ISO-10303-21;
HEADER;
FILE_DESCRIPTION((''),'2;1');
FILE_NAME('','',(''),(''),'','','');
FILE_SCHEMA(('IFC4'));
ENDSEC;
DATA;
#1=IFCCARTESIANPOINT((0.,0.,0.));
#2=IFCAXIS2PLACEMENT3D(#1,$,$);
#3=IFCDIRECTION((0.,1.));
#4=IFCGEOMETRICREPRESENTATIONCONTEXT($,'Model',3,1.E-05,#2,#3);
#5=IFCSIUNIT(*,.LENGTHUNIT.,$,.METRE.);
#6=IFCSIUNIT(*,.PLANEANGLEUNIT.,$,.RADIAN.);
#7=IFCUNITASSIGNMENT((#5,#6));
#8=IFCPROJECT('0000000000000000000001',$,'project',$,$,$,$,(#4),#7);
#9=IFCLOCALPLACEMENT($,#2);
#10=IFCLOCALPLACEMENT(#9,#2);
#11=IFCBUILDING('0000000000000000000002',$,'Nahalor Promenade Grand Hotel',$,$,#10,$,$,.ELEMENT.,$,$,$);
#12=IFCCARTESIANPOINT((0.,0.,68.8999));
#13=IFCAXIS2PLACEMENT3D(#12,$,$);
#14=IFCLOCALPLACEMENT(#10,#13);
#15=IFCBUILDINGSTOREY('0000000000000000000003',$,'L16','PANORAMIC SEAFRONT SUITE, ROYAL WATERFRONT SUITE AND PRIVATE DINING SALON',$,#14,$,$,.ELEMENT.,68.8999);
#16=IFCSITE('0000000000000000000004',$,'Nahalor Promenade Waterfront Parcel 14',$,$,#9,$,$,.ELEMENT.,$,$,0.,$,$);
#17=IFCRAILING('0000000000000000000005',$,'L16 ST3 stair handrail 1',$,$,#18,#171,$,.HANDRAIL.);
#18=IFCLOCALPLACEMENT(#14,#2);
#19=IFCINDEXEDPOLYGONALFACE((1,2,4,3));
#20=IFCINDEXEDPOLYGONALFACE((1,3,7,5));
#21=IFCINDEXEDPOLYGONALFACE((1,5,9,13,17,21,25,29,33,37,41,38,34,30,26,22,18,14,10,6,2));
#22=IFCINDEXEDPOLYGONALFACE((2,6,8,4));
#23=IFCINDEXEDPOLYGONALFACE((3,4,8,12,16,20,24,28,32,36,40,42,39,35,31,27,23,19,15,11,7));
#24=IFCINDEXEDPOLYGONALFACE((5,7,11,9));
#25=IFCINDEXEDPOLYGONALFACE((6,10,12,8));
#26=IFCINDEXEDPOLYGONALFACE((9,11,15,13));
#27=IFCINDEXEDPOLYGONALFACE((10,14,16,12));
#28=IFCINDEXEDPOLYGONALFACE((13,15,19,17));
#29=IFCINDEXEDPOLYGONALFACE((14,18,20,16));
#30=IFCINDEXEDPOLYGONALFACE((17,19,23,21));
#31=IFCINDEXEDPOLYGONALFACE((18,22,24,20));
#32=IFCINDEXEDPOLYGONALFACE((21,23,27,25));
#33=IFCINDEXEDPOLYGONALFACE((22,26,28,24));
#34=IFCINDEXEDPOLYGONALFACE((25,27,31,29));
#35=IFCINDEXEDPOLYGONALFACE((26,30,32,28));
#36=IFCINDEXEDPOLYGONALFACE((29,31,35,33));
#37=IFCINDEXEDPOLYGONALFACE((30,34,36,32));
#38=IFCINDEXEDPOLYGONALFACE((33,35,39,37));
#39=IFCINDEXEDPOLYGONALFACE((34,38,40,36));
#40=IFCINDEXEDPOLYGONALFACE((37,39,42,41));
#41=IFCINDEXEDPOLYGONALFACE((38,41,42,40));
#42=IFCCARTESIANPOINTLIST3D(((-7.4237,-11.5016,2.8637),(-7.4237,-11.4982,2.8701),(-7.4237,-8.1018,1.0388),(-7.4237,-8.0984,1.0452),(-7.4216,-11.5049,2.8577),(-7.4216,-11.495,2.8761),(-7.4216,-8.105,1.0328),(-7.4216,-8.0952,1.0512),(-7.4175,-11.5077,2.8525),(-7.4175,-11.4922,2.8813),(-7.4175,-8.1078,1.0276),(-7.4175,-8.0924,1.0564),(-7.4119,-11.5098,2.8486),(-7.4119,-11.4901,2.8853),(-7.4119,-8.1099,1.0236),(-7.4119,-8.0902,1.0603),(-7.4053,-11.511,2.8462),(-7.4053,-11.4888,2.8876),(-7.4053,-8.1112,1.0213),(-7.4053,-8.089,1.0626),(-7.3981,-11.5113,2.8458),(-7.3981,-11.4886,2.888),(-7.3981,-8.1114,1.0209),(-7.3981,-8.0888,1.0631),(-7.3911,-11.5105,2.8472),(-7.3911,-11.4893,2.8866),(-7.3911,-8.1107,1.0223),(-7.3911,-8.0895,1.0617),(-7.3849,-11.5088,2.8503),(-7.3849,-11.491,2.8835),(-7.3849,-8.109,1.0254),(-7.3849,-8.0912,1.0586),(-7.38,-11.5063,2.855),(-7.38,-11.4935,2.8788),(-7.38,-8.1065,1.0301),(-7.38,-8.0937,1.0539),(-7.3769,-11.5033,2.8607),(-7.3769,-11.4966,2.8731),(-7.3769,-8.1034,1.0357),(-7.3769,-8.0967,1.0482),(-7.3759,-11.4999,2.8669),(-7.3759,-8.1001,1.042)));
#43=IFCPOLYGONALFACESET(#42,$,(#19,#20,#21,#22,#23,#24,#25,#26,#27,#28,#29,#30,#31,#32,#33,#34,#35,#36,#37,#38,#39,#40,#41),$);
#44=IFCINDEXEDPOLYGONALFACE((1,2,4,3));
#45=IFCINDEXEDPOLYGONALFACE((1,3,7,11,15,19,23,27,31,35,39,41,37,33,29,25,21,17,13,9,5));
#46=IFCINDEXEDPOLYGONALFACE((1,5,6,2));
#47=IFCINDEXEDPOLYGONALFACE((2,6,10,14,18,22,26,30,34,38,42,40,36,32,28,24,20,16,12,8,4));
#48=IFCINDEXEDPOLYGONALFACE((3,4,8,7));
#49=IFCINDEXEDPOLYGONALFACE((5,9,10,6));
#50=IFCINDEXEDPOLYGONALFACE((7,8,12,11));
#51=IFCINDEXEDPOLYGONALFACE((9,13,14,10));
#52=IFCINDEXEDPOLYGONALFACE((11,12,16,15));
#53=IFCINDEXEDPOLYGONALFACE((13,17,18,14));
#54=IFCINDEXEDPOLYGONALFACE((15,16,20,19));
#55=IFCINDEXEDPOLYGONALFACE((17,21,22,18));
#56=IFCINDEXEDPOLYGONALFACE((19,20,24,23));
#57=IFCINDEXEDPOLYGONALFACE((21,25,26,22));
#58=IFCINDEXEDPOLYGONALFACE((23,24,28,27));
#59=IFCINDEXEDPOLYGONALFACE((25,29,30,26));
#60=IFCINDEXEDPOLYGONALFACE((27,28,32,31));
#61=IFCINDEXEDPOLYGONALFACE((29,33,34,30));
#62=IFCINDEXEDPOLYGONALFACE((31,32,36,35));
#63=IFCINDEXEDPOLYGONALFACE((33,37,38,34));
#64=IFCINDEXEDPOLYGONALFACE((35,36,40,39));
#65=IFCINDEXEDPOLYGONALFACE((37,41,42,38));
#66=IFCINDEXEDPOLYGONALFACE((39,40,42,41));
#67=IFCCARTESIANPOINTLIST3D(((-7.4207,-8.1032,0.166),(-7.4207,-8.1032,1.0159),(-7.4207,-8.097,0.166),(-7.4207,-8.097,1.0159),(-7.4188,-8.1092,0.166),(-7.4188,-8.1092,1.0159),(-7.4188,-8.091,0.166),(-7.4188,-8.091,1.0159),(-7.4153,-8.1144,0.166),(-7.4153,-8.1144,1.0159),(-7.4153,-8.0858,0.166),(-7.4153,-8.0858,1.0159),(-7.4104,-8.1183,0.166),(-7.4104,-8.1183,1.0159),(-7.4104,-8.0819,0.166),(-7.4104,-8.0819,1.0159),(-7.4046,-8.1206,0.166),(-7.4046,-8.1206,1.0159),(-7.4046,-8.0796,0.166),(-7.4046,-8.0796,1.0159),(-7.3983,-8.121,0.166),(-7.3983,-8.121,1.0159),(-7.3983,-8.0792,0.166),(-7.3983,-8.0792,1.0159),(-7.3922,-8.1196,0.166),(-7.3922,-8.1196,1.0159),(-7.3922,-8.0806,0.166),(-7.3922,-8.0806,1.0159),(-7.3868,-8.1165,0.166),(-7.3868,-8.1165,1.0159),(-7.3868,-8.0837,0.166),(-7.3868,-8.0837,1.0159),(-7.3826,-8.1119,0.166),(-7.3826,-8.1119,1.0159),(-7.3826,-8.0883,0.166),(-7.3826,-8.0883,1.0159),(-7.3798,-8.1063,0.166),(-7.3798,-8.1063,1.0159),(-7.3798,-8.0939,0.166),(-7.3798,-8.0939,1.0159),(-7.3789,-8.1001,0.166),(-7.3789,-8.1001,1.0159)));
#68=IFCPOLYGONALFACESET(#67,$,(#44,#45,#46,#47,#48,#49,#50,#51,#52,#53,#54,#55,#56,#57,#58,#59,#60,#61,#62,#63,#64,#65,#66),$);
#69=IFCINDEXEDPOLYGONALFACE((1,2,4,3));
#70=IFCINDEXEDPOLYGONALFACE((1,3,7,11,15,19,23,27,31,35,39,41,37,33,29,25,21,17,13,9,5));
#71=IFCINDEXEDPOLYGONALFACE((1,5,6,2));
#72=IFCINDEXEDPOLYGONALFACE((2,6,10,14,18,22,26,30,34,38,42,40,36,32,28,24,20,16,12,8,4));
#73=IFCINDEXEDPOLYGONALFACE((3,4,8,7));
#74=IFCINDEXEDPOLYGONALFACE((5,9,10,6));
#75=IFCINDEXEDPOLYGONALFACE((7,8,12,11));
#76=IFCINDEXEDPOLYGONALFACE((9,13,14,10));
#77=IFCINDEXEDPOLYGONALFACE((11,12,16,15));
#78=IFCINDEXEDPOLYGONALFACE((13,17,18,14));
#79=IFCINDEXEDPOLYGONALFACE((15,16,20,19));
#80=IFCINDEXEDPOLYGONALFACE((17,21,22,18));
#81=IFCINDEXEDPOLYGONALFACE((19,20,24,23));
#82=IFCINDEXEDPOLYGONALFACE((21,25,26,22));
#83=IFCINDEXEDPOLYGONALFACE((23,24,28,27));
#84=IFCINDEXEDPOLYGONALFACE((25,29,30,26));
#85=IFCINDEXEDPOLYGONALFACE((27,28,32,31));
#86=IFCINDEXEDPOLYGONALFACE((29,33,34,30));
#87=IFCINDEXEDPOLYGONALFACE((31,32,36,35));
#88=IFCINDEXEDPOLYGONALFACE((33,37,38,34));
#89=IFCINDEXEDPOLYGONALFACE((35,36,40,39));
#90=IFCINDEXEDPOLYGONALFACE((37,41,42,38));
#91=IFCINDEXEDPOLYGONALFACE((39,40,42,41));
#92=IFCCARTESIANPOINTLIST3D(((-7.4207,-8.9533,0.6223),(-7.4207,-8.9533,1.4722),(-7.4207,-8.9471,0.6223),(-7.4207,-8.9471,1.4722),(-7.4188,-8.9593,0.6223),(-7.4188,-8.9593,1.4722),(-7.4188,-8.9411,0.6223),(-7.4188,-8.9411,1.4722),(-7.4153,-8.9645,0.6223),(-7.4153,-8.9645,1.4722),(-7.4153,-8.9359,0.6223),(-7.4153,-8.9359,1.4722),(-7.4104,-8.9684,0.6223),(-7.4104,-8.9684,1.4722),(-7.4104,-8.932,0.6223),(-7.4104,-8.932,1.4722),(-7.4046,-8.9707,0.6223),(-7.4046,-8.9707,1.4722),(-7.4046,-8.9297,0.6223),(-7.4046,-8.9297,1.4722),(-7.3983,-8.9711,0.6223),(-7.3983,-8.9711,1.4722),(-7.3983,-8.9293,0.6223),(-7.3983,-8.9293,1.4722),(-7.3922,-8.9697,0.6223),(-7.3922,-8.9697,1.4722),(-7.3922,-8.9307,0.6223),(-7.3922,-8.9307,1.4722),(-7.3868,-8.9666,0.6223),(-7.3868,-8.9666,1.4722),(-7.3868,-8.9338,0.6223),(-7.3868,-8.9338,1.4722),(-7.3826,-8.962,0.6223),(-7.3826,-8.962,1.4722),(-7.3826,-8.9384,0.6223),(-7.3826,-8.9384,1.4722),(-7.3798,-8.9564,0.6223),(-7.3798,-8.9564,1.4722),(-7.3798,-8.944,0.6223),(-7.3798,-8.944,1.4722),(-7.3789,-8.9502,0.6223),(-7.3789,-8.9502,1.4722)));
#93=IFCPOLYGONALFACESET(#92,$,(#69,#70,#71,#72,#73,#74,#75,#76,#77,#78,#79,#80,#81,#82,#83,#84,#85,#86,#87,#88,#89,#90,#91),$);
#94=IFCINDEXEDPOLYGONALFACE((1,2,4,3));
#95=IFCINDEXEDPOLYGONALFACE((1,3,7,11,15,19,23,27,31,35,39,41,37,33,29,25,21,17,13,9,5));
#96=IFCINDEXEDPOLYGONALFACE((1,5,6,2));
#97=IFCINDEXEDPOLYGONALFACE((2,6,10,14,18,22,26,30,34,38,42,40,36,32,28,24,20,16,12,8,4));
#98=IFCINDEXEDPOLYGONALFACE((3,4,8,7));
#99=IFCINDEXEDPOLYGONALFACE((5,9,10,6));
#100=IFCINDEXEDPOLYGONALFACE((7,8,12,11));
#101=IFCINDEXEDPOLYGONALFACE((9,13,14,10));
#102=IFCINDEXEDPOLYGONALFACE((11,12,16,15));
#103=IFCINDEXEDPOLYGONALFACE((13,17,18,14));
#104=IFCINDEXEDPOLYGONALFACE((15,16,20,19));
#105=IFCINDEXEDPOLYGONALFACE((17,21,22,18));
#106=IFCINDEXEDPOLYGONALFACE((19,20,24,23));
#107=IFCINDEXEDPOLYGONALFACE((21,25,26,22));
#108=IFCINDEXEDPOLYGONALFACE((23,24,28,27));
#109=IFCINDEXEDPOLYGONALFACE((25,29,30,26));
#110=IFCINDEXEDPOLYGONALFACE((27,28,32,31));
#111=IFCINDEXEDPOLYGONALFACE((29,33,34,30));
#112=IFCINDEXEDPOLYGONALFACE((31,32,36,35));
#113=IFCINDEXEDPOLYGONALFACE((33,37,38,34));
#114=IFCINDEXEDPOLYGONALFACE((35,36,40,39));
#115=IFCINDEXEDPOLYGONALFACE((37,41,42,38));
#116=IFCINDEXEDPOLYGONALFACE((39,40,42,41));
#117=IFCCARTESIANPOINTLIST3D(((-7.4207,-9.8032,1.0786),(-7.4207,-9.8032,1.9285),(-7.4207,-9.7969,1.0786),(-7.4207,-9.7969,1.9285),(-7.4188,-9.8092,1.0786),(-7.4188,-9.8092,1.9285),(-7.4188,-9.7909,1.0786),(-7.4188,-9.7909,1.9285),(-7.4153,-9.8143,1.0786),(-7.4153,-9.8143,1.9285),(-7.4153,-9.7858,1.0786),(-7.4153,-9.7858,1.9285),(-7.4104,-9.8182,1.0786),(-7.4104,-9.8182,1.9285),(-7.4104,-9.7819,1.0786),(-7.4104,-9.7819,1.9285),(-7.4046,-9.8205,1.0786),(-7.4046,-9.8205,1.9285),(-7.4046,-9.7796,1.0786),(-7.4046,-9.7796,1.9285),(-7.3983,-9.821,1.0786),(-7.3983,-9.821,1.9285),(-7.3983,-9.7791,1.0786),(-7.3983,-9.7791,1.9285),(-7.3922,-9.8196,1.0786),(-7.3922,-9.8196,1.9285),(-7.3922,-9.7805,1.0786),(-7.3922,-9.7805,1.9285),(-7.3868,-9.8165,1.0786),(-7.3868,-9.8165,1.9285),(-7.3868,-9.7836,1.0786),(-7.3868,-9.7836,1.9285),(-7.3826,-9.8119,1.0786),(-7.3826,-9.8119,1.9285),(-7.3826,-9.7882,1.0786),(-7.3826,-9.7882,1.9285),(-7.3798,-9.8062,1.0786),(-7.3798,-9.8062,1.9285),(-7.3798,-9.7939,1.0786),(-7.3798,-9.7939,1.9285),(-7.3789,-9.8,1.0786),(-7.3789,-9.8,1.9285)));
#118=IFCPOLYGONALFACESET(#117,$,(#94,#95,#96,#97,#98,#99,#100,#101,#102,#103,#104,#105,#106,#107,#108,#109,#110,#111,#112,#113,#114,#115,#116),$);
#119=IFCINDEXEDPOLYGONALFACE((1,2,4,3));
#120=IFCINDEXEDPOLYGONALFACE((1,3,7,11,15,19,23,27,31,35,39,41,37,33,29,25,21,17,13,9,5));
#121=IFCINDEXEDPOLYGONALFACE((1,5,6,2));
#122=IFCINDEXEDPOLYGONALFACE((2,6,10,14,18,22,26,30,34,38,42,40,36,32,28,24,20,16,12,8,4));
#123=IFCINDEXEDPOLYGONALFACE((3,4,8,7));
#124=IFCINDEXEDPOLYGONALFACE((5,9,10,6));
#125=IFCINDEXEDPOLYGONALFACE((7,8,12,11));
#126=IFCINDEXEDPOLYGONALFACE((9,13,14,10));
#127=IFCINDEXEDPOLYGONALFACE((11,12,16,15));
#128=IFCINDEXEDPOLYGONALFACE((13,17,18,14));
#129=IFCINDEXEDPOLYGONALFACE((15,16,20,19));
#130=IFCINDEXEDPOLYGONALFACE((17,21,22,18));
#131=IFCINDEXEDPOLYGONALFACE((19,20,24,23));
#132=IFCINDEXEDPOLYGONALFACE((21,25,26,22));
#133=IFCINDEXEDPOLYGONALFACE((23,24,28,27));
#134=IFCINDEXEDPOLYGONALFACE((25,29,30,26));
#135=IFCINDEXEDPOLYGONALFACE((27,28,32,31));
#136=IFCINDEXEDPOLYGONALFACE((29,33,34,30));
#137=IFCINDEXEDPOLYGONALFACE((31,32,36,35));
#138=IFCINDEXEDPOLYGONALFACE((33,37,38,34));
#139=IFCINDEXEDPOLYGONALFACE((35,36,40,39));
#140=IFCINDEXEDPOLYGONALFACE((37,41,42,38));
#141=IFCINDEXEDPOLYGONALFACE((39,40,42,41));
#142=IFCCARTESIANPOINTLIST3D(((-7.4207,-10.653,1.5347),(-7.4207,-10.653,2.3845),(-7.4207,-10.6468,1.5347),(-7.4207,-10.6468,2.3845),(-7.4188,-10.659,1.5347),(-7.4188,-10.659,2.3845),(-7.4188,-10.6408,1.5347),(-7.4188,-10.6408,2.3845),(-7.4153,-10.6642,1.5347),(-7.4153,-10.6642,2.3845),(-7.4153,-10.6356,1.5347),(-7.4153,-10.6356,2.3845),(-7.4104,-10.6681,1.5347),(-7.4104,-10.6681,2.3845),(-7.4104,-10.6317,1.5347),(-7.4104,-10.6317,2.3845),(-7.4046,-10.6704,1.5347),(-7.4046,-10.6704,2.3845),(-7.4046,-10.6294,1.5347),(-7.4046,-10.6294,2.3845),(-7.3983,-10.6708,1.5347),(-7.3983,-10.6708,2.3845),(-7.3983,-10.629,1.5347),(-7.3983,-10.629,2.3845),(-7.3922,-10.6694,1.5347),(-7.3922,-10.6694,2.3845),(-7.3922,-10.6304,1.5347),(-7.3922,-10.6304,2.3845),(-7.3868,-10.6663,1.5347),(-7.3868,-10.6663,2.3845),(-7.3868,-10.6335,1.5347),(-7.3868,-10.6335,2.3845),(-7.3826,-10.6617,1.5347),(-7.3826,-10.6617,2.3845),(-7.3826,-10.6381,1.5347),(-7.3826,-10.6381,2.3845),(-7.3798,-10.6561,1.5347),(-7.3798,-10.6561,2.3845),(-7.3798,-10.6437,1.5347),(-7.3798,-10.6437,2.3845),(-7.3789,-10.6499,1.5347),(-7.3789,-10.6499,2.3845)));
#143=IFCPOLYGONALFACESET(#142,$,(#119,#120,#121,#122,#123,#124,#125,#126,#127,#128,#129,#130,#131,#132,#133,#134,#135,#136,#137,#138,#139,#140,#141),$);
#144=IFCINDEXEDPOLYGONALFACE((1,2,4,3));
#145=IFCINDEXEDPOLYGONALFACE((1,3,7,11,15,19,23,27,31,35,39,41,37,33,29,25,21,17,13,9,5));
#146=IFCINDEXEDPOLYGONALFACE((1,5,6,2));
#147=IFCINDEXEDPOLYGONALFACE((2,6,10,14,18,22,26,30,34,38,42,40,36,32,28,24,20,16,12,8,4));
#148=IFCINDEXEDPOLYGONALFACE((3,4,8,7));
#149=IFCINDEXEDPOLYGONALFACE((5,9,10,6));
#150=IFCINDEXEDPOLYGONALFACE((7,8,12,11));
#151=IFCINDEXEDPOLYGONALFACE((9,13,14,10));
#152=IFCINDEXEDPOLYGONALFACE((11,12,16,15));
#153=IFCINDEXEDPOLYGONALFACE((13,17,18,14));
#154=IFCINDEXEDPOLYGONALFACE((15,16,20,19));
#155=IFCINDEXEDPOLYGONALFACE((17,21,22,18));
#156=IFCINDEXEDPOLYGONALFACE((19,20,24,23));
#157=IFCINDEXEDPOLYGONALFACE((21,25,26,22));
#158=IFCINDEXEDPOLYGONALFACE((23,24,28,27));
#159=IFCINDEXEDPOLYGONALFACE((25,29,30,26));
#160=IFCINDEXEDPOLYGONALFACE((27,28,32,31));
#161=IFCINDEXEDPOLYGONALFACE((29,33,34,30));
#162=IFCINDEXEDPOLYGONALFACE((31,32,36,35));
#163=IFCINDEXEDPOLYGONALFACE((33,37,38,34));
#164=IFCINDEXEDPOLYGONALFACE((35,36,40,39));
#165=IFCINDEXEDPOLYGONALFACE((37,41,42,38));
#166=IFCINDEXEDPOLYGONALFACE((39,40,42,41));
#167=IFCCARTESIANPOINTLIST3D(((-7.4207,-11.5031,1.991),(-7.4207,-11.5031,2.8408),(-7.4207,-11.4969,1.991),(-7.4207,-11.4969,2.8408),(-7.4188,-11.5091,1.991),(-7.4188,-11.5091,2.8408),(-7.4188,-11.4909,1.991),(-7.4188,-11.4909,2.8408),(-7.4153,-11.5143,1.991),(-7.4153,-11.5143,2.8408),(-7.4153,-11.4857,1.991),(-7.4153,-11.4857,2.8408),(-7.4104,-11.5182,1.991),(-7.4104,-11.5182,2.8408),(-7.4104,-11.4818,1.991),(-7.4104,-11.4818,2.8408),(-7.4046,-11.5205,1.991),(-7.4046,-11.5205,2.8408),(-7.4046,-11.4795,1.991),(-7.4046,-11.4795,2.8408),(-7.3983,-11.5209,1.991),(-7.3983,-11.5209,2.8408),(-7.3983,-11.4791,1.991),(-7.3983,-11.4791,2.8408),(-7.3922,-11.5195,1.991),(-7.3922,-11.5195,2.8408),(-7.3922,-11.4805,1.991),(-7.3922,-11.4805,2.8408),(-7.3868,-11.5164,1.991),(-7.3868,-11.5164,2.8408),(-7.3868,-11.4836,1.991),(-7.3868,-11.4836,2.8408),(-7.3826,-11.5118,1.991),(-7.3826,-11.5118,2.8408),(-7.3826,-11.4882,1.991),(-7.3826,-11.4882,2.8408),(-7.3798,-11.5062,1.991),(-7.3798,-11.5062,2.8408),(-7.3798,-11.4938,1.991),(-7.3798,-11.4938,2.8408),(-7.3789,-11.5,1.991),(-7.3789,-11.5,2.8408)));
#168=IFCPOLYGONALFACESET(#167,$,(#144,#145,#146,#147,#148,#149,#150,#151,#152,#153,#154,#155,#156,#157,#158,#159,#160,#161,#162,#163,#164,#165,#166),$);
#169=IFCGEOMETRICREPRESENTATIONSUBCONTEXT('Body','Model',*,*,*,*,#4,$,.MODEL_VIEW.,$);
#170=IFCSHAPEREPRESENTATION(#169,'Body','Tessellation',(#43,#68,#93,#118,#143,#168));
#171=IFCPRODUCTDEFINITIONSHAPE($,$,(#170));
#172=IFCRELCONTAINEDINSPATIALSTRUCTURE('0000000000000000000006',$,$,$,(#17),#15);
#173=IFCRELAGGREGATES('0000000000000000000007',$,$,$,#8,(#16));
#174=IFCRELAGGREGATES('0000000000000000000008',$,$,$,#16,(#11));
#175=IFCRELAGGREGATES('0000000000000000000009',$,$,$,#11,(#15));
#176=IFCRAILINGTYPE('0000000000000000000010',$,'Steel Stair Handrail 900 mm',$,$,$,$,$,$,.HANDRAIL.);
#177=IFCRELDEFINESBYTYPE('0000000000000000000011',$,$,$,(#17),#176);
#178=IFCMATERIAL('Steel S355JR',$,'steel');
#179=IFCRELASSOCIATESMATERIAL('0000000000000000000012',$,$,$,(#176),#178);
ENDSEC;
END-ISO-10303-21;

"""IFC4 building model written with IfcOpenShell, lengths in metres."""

from ifc_helpers import new_model, si_unit, direction, frame, origin, origin_2d, place, context, subcontext, project, spatial, circle, extrude, material, type_object, element, save


model = new_model("IFC4")

# Units and contexts
model_context = context("Model", 3, precision=1e-05, world=origin(), true_north=direction((0.0, 1.0)))
body_context = subcontext(model_context, "Body", "Model", "MODEL_VIEW")
ifc_project = project(units=[si_unit("LENGTHUNIT", "METRE"), si_unit("PLANEANGLEUNIT", "RADIAN")], contexts=[model_context])

# Site, building, storey
site_placement = place(None, origin())
site = spatial("IfcSite", under=ifc_project, at=site_placement, Name="Nahalor Promenade Waterfront Parcel 14", CompositionType="ELEMENT", RefElevation=0.0)
building_placement = place(site_placement, origin())
building = spatial("IfcBuilding", under=site, at=building_placement, Name="Nahalor Promenade Grand Hotel", CompositionType="ELEMENT")
storey_placement = place(building_placement, frame((0.0, 0.0, 68.8999)))
storey = spatial("IfcBuildingStorey", under=building, at=storey_placement, Name="L16", Description="PANORAMIC SEAFRONT SUITE, ROYAL WATERFRONT SUITE AND PRIVATE DINING SALON", CompositionType="ELEMENT", Elevation=68.8999)

# Shared definitions
ifc_material_1 = material(Name="Steel S355JR", Category="steel")

# Railing
railing_type_1 = type_object("IfcRailingType", Name="Steel Stair Handrail 900 mm", PredefinedType="HANDRAIL", material=ifc_material_1)
for number, where, name in (
    (1, (-7.3999, -8.1001, 0.166), "L16 ST3 stair handrail 1"),
):
    element("IfcRailing", number, at=place(storey_placement, frame(where)), inside=storey, type_object=railing_type_1, Name=name, PredefinedType="HANDRAIL", context=body_context, shape_type="SweptSolid", body=[
        extrude(circle(Radius=0.024, at=origin_2d()), frame((0.0, 0.0, 0.876), z_axis=(0.0, -0.881094, 0.472941), x_axis=(1.0, 0.0, 0.0)), (0.0, 0.0, 1.0), 3.8586),
        extrude(circle(Radius=0.021, at=origin_2d()), origin(), (0.0, 0.0, 1.0), 0.8499),
        extrude(circle(Radius=0.021, at=origin_2d()), frame((0.0, -0.8501, 0.4563)), (0.0, 0.0, 1.0), 0.8499),
        extrude(circle(Radius=0.021, at=origin_2d()), frame((0.0, -1.7, 0.9126)), (0.0, 0.0, 1.0), 0.8499),
        extrude(circle(Radius=0.021, at=origin_2d()), frame((0.0, -2.5498, 1.3687)), (0.0, 0.0, 1.0), 0.8499),
        extrude(circle(Radius=0.021, at=origin_2d()), frame((0.0, -3.3999, 1.825)), (0.0, 0.0, 1.0), 0.8499),
    ])

save(model, "model.ifc")
